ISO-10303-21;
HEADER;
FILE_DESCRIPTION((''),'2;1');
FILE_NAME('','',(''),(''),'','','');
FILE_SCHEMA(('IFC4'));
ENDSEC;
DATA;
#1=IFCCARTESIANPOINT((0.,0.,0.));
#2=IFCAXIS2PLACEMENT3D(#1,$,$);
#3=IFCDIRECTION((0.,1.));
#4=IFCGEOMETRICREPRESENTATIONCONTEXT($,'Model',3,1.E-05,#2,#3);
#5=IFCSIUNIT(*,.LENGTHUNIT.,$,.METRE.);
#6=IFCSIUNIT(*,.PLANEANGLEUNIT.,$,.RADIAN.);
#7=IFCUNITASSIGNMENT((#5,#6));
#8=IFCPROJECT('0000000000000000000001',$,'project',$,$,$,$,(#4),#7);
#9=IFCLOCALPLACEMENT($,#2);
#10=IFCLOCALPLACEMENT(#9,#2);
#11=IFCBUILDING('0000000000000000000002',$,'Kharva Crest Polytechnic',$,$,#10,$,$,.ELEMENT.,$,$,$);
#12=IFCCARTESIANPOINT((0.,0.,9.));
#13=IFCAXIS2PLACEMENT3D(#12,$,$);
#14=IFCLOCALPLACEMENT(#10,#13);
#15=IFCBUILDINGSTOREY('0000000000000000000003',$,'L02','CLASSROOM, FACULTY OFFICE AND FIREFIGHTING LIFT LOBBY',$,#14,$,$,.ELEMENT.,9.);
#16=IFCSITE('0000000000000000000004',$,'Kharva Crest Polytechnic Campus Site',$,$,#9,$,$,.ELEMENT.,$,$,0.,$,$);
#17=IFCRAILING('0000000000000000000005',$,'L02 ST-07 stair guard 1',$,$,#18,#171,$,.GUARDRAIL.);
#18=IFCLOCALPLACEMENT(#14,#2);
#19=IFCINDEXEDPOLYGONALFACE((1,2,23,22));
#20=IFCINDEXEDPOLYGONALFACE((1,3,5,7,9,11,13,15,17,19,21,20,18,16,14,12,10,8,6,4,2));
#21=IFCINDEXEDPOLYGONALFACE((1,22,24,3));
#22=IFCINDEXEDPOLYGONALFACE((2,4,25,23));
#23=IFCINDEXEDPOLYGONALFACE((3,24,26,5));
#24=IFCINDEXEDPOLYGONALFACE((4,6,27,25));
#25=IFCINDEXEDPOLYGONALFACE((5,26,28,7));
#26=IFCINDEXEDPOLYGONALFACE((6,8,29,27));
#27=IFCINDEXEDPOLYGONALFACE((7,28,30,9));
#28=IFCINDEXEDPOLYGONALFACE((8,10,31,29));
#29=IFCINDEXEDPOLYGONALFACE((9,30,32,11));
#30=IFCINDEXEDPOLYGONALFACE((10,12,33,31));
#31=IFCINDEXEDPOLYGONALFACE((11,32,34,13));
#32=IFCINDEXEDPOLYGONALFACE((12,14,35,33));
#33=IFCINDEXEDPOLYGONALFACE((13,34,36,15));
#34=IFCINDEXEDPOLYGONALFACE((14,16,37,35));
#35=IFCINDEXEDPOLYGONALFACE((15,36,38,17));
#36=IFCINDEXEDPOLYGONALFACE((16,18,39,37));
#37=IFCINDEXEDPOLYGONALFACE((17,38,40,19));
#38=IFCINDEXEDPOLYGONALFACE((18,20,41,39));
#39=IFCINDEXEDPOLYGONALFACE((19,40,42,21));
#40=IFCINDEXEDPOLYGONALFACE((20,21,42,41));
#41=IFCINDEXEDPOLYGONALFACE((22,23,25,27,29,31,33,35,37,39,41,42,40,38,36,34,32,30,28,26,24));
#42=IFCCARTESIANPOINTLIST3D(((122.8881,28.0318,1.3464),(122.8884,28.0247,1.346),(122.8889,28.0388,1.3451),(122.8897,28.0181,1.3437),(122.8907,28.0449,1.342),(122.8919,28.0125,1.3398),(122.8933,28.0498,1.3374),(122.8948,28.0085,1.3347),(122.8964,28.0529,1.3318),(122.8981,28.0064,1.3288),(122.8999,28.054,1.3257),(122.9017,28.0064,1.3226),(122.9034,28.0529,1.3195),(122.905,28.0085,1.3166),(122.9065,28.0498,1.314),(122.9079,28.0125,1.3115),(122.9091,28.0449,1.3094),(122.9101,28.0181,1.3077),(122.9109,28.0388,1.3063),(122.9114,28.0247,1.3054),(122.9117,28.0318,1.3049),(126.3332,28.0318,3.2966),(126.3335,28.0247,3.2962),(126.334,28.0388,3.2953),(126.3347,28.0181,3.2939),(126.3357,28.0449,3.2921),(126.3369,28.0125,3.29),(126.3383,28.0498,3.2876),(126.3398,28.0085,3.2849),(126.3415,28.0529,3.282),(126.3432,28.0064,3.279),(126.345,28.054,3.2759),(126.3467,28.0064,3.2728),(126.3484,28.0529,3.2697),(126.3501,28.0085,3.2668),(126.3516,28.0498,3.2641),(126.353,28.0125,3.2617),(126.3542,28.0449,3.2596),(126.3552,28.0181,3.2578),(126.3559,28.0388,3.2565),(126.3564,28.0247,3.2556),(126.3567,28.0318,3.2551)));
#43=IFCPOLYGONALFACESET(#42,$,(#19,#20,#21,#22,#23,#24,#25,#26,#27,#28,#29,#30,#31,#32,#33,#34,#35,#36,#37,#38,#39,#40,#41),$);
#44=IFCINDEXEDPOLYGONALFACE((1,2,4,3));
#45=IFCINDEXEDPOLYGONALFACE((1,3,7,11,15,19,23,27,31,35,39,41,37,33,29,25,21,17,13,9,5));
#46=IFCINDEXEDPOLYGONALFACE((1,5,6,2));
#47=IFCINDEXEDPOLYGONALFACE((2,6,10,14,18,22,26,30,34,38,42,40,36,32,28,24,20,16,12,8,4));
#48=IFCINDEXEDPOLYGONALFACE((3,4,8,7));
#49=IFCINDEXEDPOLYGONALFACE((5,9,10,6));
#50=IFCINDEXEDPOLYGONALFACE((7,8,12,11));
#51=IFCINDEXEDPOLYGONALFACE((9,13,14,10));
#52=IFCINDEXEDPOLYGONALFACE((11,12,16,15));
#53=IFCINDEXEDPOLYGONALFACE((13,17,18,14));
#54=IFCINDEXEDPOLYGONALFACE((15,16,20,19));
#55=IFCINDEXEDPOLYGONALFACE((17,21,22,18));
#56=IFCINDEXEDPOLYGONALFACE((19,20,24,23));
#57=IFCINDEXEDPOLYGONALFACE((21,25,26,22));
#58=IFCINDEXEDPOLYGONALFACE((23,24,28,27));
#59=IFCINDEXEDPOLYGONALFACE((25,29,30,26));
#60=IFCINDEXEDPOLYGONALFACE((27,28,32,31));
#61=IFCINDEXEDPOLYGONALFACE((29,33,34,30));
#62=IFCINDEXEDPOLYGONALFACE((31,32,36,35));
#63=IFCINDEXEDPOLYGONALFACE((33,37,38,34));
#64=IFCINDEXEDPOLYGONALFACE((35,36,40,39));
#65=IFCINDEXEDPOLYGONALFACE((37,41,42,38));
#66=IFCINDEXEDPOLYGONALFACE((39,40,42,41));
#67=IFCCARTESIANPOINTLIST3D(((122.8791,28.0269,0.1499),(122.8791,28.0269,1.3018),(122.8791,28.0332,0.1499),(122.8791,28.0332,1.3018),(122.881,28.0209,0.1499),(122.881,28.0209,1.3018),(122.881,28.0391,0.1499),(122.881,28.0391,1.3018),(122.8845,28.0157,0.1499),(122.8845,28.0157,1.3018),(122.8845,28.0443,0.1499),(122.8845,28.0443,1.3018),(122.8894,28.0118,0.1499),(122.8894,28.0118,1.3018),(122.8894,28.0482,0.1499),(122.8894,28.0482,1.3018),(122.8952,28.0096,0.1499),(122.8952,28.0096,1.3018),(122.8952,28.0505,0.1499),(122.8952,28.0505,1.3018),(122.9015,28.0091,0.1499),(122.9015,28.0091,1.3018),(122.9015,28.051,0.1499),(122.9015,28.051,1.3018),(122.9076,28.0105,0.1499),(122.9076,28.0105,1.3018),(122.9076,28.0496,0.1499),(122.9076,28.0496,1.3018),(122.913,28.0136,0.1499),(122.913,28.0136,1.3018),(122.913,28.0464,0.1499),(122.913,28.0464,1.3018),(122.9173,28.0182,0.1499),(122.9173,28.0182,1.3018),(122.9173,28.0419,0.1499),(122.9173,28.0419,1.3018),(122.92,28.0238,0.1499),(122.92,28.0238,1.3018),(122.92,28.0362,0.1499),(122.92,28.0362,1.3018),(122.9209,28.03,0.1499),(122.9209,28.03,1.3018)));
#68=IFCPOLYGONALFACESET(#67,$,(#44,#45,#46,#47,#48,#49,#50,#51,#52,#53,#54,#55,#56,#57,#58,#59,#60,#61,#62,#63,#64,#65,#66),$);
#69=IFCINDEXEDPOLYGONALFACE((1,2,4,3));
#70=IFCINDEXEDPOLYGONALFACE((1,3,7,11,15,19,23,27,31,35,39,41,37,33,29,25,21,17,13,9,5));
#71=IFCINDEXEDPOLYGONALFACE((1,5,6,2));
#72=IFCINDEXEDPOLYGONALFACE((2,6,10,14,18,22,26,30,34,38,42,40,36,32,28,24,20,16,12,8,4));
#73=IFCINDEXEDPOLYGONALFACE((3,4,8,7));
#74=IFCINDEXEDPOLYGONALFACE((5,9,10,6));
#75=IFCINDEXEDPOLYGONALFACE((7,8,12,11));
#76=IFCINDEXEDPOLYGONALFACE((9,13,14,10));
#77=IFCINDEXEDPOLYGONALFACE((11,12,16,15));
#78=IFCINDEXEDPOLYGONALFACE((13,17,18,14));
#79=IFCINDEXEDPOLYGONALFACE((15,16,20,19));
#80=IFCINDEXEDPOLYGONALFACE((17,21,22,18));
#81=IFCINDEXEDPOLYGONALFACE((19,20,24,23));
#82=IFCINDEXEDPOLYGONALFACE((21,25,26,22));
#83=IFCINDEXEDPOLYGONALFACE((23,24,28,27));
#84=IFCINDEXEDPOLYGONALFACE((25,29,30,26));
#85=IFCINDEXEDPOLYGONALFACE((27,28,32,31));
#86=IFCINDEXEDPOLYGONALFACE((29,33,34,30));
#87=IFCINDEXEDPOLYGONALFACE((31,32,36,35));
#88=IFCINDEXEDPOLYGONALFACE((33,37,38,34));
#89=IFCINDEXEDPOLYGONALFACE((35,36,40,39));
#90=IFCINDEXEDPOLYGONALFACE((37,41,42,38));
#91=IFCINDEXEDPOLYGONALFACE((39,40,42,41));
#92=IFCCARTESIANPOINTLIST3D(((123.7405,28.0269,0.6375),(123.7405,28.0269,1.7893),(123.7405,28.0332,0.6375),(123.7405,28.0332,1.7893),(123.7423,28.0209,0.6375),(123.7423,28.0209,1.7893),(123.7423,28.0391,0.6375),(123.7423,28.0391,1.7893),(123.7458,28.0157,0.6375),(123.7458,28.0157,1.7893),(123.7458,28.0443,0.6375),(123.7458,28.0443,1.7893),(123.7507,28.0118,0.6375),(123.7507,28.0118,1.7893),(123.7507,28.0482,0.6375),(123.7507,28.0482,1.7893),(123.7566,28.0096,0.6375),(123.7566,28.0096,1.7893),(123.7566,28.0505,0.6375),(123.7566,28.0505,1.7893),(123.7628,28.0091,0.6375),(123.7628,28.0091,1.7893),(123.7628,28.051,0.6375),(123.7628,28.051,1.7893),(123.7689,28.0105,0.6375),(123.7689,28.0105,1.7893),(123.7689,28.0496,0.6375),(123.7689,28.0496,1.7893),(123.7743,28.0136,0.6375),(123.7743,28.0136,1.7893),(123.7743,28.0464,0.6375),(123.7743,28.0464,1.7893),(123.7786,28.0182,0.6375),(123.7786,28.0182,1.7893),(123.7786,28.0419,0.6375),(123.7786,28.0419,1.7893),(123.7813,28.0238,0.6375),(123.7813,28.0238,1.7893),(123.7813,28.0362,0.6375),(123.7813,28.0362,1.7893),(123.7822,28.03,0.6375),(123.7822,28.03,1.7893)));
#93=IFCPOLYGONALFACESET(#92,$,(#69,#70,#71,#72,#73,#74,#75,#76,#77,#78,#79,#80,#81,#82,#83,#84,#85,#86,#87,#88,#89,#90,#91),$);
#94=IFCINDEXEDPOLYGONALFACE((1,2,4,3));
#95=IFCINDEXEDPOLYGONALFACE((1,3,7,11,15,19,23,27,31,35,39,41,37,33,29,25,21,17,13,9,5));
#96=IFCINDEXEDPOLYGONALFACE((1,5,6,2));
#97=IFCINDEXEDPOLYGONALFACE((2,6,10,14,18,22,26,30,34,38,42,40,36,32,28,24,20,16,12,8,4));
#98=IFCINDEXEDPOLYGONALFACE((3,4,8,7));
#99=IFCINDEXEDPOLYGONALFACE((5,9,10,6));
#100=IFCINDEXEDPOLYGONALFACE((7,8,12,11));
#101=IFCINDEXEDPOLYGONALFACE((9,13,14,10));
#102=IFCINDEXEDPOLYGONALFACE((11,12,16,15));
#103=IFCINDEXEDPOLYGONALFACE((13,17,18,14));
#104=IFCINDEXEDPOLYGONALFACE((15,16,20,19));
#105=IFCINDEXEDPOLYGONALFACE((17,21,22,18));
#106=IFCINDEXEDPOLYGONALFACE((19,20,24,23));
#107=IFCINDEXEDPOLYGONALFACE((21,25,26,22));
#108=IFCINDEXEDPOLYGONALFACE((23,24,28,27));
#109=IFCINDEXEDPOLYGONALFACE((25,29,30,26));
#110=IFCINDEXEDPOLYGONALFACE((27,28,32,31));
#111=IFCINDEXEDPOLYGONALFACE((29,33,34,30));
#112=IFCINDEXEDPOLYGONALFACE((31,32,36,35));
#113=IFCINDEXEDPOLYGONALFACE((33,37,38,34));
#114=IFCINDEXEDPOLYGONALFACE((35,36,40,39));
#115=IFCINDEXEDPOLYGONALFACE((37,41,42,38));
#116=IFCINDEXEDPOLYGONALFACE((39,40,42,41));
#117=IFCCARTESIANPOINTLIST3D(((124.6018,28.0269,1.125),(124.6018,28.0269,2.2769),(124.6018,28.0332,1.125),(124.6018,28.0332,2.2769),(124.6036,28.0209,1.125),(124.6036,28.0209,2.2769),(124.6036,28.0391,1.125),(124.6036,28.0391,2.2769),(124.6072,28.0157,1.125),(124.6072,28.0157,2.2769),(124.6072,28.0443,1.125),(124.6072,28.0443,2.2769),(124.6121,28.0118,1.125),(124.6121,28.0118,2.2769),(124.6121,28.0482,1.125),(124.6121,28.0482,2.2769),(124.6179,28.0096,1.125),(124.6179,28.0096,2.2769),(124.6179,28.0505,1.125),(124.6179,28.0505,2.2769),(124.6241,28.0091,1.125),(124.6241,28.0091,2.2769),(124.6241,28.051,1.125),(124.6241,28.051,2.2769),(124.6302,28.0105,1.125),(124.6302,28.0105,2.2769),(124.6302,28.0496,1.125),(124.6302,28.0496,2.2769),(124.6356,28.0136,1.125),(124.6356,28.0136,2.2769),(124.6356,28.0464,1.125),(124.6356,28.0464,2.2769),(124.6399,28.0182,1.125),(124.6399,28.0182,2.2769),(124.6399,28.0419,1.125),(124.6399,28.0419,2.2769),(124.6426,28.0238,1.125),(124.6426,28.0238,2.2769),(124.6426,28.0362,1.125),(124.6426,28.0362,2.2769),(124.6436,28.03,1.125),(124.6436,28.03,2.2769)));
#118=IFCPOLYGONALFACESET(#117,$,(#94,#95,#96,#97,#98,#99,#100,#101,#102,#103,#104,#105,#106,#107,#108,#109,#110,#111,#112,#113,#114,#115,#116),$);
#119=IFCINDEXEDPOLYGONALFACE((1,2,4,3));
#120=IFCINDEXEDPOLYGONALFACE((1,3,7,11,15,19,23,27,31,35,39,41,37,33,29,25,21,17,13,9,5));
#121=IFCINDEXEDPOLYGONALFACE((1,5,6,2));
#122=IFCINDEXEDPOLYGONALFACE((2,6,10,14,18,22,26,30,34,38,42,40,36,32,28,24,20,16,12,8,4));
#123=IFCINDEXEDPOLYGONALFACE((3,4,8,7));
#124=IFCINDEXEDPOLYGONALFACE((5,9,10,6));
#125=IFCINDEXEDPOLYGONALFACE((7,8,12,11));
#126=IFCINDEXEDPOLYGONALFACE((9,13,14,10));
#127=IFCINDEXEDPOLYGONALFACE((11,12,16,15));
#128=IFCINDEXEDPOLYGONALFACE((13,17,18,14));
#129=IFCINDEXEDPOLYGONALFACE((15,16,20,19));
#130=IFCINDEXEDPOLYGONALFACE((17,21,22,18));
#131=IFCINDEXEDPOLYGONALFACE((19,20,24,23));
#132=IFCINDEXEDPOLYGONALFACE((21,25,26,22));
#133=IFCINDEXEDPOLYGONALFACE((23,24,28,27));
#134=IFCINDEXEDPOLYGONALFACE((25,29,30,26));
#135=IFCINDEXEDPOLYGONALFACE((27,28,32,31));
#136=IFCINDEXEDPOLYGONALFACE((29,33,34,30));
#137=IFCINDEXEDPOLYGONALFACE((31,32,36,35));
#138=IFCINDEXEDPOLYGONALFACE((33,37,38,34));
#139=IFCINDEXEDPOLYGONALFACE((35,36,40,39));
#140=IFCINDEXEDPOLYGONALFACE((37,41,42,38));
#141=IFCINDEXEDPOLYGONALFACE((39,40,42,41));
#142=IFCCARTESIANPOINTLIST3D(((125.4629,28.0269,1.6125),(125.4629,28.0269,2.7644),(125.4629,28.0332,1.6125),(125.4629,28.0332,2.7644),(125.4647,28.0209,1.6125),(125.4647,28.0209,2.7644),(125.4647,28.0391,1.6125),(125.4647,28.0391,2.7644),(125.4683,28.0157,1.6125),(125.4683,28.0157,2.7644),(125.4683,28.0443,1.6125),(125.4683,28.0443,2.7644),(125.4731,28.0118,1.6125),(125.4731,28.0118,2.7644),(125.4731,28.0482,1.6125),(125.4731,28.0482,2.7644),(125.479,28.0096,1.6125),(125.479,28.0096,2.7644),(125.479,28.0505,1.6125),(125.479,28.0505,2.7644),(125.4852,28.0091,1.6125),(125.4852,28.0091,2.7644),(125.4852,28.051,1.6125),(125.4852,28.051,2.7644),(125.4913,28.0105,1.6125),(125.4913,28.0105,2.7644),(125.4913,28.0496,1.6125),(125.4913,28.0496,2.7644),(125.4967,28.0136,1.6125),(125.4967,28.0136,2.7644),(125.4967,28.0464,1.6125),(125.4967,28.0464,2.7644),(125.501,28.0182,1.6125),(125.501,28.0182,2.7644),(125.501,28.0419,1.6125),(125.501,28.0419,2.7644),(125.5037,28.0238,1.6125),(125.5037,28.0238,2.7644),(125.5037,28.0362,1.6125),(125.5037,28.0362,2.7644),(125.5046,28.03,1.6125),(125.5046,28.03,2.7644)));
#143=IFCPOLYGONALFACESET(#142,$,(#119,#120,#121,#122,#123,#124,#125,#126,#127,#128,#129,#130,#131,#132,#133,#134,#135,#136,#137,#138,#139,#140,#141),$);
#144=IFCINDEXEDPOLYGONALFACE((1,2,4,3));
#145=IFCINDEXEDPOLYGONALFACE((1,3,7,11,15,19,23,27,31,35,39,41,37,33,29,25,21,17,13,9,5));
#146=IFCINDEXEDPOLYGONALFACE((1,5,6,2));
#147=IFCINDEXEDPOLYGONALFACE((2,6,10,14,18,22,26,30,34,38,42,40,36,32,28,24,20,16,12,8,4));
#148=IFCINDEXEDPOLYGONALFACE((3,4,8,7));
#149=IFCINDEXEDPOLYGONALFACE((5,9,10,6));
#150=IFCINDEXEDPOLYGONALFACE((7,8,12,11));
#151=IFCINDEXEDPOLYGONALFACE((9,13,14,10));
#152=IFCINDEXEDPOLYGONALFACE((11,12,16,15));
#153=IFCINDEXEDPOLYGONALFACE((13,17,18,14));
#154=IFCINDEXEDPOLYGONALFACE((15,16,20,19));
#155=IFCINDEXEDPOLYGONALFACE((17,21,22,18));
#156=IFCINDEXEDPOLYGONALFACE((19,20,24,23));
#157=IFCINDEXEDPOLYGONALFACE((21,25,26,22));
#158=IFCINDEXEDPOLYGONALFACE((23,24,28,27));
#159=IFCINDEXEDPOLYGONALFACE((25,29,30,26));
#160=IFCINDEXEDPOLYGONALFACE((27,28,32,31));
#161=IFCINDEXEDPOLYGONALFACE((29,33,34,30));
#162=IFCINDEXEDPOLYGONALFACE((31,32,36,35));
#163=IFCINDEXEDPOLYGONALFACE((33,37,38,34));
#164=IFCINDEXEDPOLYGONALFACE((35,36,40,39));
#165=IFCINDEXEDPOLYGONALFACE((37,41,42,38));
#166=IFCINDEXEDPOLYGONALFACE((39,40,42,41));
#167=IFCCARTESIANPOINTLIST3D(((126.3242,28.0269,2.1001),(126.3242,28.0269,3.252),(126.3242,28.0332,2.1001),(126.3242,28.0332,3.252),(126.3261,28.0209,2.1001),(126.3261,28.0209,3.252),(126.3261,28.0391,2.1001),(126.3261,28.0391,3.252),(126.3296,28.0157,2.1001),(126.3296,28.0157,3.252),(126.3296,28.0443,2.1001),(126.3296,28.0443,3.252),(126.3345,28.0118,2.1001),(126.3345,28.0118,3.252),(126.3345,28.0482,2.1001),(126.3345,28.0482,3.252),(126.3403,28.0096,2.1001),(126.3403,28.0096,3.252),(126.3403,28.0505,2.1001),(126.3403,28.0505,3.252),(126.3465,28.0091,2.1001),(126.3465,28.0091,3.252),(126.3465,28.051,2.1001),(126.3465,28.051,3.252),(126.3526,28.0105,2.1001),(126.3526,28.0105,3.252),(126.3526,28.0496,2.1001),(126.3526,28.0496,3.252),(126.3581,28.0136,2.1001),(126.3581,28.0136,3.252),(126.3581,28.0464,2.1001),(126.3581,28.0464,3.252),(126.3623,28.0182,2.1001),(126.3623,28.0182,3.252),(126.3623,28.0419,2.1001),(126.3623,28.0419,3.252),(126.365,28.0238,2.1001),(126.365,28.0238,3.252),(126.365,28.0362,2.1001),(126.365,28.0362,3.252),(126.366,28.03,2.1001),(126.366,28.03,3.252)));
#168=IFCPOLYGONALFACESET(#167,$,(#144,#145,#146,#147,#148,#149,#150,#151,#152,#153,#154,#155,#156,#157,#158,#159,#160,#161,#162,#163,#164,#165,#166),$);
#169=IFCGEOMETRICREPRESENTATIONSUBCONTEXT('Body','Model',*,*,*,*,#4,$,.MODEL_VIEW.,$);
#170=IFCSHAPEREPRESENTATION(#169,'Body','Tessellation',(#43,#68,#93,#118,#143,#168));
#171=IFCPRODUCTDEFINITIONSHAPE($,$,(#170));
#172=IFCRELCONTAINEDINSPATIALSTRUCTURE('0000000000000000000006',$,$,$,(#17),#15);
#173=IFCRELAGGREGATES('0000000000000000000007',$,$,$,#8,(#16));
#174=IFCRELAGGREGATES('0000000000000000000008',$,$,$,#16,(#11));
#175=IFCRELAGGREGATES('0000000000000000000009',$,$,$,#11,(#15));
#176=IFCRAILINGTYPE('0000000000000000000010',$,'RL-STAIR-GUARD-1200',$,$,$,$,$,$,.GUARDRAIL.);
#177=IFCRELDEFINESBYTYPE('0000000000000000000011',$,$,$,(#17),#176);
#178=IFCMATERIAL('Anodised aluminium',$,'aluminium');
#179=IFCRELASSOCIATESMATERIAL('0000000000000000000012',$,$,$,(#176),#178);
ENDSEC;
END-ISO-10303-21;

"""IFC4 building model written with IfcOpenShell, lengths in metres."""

from ifc_helpers import new_model, si_unit, direction, frame, origin, origin_2d, place, context, subcontext, project, spatial, circle, extrude, material, type_object, element, save


model = new_model("IFC4")

# Units and contexts
model_context = context("Model", 3, precision=1e-05, world=origin(), true_north=direction((0.0, 1.0)))
body_context = subcontext(model_context, "Body", "Model", "MODEL_VIEW")
ifc_project = project(units=[si_unit("LENGTHUNIT", "METRE"), si_unit("PLANEANGLEUNIT", "RADIAN")], contexts=[model_context])

# Site, building, storey
site_placement = place(None, origin())
site = spatial("IfcSite", under=ifc_project, at=site_placement, Name="Kharva Crest Polytechnic Campus Site", CompositionType="ELEMENT", RefElevation=0.0)
building_placement = place(site_placement, origin())
building = spatial("IfcBuilding", under=site, at=building_placement, Name="Kharva Crest Polytechnic", CompositionType="ELEMENT")
storey_placement = place(building_placement, frame((0.0, 0.0, 9.0)))
storey = spatial("IfcBuildingStorey", under=building, at=storey_placement, Name="L02", Description="CLASSROOM, FACULTY OFFICE AND FIREFIGHTING LIFT LOBBY", CompositionType="ELEMENT", Elevation=9.0)

# Railing
ifc_material_1 = material(Name="Anodised aluminium", Category="aluminium")
railing_type_1 = type_object("IfcRailingType", Name="RL-STAIR-GUARD-1200", PredefinedType="GUARDRAIL", material=ifc_material_1)
railing_1_placement = place(storey_placement, frame((122.8999, 28.03, 0.1499)))
element("IfcRailing", 1, at=railing_1_placement, inside=storey, type_object=railing_type_1, Name="L02 ST-07 stair guard 1", PredefinedType="GUARDRAIL", context=body_context, shape_type="SweptSolid", body=[
    extrude(circle(Radius=0.0239, at=origin_2d()), frame((0.0, 0.0, 1.1758), z_axis=(0.87024, 0.0, 0.492628), x_axis=(0.0, 1.0, 0.0)), (0.0, 0.0, 1.0), 3.9587),
    extrude(circle(Radius=0.021, at=origin_2d()), origin(), (0.0, 0.0, 1.0), 1.1519),
    extrude(circle(Radius=0.021, at=origin_2d()), frame((0.8613, 0.0, 0.4875)), (0.0, 0.0, 1.0), 1.1519),
    extrude(circle(Radius=0.021, at=origin_2d()), frame((1.7227, 0.0, 0.9751)), (0.0, 0.0, 1.0), 1.1519),
    extrude(circle(Radius=0.021, at=origin_2d()), frame((2.5837, 0.0, 1.4626)), (0.0, 0.0, 1.0), 1.1519),
    extrude(circle(Radius=0.021, at=origin_2d()), frame((3.4451, 0.0, 1.9502)), (0.0, 0.0, 1.0), 1.1519),
])

save(model, "model.ifc")
